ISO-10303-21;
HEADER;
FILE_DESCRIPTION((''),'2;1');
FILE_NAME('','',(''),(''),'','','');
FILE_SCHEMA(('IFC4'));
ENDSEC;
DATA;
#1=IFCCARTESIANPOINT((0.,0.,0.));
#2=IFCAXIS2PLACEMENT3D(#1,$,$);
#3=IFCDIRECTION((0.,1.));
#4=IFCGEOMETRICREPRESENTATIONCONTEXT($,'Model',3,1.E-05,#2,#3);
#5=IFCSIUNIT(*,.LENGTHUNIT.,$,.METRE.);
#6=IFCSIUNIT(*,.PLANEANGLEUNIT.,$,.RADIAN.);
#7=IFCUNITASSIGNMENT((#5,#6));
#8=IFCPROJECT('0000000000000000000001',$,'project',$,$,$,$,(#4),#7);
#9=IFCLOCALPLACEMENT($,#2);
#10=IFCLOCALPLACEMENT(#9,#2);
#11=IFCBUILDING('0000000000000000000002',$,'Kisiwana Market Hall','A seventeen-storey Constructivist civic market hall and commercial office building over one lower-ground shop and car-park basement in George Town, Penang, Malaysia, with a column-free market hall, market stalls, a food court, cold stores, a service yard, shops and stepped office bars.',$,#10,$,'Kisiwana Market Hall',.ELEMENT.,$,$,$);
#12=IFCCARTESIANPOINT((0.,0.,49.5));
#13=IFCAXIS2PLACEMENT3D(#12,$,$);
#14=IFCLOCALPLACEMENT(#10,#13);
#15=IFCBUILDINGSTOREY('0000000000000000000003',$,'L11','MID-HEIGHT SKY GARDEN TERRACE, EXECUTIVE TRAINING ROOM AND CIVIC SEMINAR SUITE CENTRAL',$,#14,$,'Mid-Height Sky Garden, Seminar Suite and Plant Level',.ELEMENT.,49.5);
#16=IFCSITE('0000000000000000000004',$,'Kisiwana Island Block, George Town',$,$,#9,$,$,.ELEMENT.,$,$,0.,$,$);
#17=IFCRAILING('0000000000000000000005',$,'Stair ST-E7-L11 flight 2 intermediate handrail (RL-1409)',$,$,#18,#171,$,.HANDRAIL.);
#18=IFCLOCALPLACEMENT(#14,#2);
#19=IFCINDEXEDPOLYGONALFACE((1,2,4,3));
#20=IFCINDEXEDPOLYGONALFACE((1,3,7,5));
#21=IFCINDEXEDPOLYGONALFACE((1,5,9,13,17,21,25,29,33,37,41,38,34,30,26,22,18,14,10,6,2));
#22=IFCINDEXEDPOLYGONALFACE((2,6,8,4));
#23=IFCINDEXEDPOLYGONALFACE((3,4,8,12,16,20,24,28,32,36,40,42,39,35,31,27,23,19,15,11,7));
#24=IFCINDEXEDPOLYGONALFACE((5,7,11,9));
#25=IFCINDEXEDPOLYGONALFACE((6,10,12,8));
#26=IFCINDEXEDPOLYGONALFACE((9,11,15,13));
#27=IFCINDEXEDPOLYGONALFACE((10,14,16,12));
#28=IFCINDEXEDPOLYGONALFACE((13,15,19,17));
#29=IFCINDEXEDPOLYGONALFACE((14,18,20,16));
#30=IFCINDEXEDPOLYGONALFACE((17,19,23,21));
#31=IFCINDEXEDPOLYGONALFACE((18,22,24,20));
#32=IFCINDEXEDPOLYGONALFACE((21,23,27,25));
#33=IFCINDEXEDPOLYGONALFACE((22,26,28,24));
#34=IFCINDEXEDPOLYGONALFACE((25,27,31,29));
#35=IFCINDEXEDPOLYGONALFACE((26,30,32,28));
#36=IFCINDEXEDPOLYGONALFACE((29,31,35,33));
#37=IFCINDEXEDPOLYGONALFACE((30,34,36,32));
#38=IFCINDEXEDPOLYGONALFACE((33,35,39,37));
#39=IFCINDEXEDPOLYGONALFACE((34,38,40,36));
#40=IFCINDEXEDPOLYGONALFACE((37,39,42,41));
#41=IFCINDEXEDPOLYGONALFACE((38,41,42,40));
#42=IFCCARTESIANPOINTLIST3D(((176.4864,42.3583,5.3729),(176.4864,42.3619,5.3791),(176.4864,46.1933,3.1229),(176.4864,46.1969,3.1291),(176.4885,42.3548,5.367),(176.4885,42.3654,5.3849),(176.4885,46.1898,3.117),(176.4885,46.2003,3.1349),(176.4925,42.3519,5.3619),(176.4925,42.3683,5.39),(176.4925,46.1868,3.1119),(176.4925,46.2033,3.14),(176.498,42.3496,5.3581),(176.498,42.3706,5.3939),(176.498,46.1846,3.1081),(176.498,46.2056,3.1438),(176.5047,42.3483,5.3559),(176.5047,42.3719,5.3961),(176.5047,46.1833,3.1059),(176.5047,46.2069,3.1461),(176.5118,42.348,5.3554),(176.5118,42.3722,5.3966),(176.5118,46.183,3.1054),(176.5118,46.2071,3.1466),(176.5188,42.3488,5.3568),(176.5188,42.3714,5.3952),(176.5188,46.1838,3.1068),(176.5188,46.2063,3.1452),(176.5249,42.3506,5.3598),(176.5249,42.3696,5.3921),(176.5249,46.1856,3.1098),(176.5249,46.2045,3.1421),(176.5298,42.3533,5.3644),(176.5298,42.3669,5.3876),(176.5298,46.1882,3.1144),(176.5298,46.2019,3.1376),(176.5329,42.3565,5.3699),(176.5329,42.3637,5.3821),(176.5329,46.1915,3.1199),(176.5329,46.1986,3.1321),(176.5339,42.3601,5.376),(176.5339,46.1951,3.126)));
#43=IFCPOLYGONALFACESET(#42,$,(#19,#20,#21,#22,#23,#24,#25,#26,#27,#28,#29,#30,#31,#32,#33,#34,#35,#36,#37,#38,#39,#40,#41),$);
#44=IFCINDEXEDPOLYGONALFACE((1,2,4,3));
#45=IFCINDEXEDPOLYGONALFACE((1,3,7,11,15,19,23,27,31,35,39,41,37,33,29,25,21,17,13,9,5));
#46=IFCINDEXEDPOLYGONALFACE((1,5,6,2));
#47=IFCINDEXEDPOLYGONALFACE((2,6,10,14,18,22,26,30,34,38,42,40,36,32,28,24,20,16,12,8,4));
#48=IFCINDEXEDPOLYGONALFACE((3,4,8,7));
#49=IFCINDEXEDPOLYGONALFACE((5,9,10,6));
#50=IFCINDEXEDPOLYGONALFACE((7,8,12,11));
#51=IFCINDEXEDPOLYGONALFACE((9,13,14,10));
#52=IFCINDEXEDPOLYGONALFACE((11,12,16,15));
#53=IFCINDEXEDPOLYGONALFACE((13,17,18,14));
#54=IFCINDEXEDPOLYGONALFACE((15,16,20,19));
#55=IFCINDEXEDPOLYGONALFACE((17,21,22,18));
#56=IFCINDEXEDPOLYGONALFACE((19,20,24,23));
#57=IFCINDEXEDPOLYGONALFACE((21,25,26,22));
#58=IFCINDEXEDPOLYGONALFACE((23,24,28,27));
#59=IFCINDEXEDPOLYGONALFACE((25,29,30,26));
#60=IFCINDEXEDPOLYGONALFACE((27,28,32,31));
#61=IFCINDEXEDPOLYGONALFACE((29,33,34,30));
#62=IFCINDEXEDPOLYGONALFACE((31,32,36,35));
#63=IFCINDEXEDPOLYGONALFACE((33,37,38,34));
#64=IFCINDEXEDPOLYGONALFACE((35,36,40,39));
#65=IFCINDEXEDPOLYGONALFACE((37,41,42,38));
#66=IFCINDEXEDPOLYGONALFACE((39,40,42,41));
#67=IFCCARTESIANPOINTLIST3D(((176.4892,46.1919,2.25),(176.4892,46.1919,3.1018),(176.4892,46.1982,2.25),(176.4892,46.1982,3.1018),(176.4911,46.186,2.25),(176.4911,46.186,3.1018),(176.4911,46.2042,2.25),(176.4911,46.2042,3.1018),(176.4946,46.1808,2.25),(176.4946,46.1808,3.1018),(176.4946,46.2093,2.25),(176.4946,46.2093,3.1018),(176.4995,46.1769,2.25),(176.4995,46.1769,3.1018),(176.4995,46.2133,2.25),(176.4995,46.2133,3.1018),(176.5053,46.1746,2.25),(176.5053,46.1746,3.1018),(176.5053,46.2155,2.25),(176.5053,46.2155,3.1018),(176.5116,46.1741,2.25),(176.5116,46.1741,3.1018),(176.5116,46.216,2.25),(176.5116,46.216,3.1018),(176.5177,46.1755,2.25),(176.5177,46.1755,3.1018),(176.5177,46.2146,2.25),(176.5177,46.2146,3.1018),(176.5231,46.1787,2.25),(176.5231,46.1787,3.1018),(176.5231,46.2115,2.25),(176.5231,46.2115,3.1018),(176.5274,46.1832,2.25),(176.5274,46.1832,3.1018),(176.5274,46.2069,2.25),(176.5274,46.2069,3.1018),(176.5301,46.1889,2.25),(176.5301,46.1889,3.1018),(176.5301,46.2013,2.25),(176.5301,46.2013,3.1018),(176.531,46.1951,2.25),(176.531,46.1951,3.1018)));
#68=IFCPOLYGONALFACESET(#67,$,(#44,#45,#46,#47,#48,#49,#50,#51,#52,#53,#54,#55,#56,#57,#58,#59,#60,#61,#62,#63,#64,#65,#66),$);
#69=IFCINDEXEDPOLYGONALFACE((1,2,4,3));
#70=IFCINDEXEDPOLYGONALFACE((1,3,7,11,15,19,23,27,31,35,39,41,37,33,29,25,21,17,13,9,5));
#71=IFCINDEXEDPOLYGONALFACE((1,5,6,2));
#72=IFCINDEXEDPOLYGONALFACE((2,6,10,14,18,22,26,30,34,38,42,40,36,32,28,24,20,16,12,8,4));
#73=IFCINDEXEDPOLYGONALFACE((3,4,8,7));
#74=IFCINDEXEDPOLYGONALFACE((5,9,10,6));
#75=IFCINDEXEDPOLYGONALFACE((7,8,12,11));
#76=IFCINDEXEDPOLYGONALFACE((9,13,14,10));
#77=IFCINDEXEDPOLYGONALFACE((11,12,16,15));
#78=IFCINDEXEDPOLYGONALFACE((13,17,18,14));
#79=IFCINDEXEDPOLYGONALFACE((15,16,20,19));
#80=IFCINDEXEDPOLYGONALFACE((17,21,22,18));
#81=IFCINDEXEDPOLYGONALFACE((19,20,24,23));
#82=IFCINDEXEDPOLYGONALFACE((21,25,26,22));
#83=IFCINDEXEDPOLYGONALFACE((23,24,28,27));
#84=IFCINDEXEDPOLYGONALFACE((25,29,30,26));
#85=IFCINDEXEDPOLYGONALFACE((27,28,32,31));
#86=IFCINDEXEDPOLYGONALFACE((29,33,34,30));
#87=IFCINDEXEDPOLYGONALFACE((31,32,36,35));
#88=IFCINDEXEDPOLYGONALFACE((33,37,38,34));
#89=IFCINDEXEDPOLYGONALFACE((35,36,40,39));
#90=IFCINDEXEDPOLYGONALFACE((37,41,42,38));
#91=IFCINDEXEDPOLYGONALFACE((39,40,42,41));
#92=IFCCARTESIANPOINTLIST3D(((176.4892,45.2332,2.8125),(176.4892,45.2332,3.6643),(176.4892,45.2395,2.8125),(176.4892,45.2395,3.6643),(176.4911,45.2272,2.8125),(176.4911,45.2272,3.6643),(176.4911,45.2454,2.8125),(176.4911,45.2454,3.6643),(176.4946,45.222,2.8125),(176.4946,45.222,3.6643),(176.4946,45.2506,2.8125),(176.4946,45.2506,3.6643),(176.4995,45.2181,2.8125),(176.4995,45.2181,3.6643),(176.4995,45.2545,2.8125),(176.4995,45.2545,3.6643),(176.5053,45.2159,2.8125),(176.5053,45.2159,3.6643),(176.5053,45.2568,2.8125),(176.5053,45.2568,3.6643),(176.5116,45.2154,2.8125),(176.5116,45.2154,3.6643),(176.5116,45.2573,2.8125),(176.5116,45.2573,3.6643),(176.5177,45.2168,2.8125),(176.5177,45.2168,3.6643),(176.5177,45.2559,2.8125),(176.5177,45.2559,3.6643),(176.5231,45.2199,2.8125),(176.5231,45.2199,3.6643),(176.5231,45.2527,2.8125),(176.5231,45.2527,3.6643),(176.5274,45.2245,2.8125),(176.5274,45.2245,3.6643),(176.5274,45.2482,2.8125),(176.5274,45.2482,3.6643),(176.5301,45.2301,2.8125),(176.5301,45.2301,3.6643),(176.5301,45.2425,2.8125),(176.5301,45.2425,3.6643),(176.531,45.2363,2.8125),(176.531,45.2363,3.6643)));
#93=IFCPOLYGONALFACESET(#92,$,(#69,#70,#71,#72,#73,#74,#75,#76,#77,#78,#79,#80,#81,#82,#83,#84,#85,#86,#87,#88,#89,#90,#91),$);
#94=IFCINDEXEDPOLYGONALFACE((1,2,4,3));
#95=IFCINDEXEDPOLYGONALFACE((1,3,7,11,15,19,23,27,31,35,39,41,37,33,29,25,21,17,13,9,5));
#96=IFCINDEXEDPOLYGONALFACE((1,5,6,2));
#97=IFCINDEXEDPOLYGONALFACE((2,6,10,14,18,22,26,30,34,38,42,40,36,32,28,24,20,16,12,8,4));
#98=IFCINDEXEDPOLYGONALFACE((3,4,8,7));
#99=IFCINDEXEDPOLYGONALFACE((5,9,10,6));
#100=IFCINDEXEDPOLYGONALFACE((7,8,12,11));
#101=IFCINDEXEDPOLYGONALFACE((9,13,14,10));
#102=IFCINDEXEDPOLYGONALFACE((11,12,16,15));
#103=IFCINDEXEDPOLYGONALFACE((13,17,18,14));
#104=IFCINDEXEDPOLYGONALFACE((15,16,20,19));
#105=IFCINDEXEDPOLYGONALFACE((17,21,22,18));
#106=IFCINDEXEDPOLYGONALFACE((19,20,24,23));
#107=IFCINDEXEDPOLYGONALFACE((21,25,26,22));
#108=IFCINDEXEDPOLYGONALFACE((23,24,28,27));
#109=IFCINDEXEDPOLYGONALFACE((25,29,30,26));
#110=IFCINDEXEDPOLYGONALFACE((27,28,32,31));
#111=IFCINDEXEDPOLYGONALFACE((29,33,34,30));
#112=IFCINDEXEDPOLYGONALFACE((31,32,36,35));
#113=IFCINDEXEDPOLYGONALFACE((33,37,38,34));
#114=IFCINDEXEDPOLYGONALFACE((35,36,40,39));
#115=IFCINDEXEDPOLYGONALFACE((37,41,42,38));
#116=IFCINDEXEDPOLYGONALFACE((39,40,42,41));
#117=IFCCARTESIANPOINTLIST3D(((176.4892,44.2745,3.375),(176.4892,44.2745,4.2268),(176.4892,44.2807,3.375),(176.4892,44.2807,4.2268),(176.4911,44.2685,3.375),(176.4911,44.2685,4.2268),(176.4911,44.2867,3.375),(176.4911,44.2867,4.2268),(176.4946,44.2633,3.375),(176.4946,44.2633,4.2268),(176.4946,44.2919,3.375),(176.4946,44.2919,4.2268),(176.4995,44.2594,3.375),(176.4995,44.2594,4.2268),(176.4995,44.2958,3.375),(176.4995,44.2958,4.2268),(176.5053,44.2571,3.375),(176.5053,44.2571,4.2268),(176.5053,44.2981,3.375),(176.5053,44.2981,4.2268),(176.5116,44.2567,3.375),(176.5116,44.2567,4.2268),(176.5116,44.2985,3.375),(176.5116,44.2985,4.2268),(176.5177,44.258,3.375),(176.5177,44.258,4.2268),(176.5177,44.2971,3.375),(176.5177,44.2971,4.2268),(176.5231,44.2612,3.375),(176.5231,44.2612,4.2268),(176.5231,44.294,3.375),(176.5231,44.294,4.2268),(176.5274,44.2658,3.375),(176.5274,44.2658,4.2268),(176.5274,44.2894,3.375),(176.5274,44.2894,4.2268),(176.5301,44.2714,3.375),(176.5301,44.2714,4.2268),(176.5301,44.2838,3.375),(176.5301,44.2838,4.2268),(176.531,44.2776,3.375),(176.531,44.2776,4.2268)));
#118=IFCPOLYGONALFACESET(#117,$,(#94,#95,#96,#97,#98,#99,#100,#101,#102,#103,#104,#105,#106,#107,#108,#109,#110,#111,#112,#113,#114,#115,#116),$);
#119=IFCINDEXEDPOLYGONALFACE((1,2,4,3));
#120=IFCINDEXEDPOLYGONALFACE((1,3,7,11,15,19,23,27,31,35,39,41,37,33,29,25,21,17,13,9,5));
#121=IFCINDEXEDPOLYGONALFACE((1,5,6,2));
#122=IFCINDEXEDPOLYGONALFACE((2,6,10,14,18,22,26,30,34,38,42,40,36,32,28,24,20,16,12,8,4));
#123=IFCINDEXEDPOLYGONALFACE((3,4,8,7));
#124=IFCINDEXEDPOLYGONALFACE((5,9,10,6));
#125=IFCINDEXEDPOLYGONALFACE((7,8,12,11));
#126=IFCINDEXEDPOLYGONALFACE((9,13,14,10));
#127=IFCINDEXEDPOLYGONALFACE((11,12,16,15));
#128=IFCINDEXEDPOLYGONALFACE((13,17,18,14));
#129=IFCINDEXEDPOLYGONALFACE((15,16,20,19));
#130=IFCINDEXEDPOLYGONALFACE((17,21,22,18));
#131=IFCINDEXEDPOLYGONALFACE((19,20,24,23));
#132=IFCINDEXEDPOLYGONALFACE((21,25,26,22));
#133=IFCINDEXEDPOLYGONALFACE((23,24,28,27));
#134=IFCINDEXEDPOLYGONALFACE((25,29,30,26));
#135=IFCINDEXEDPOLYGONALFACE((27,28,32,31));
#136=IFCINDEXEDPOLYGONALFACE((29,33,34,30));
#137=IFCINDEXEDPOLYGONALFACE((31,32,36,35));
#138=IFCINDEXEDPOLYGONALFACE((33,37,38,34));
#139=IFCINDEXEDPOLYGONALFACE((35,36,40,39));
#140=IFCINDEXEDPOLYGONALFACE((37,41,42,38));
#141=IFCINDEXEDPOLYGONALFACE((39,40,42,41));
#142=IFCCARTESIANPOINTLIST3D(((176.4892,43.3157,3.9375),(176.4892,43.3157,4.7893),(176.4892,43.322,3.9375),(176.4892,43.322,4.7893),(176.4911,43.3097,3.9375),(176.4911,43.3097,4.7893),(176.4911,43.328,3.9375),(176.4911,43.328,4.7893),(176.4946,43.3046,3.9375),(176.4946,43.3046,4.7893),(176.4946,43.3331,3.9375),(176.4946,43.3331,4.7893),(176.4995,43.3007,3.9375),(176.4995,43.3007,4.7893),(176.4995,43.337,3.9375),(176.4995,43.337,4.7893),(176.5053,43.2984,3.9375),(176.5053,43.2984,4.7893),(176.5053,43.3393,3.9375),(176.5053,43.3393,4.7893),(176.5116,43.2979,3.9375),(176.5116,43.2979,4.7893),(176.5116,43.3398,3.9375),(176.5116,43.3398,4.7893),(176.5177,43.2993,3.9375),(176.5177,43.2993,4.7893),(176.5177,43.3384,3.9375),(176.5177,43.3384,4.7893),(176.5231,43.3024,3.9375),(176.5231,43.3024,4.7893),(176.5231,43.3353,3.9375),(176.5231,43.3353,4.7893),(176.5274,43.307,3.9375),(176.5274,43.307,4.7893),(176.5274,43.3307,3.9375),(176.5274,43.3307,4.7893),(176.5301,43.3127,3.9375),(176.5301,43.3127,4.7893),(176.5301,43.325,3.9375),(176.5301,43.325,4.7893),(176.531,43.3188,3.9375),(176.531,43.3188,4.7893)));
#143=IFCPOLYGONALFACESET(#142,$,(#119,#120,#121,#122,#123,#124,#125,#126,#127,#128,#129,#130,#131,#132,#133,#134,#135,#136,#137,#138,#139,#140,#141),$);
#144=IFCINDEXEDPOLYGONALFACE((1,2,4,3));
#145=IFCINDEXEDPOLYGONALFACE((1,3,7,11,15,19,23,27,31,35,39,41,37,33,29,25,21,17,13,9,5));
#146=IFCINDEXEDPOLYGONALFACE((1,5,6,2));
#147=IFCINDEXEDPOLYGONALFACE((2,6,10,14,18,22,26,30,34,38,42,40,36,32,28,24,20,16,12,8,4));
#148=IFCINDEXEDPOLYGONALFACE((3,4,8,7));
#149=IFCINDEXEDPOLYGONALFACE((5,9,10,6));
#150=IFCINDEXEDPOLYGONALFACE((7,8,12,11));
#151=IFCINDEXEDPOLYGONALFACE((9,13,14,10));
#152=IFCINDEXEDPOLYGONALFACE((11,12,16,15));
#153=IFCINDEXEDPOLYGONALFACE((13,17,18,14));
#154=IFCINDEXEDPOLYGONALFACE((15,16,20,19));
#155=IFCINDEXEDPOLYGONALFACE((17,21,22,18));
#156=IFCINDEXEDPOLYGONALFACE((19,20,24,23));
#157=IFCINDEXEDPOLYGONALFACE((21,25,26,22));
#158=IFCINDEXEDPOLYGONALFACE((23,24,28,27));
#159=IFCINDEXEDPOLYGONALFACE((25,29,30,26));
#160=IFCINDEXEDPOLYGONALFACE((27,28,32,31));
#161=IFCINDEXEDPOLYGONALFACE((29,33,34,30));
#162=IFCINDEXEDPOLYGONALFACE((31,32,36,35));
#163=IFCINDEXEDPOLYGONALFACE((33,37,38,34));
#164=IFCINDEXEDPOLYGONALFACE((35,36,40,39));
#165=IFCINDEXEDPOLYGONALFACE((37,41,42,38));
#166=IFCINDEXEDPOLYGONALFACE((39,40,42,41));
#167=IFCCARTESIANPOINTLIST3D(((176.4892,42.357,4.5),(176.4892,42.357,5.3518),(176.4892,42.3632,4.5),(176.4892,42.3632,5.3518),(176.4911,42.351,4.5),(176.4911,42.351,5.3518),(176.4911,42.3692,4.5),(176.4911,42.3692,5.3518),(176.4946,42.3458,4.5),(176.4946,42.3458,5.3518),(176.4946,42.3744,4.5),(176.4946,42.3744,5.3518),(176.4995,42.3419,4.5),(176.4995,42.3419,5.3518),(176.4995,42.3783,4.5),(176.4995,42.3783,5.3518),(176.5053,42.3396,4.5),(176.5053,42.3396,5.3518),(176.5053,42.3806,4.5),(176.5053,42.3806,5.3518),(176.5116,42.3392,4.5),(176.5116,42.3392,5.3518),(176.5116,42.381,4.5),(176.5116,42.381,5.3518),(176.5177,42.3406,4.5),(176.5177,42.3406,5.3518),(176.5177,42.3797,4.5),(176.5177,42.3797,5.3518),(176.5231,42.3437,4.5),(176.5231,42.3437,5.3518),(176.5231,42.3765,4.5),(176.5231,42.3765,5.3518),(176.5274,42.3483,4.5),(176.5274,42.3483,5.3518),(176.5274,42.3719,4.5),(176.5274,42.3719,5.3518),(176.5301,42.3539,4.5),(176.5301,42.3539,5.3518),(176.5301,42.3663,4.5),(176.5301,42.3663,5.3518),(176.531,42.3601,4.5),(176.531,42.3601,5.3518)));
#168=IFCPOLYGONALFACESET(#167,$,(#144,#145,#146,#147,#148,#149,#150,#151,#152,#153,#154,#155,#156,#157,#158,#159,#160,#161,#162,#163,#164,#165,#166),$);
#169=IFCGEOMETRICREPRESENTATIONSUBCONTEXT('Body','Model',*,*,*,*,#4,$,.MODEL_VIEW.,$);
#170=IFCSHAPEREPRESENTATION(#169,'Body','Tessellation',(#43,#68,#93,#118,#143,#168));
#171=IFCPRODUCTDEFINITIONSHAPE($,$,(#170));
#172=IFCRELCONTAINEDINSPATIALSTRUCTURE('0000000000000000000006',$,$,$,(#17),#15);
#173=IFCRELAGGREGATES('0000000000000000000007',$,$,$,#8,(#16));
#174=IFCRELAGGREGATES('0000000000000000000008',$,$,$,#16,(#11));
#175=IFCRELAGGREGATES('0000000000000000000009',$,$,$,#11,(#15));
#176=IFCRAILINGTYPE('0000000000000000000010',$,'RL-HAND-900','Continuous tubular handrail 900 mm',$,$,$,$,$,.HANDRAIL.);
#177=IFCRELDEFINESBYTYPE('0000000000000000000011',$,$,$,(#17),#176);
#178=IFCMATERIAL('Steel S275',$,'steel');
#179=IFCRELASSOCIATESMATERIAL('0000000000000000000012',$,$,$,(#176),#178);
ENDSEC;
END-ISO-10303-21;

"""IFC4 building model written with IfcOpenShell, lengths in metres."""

from ifc_helpers import new_model, si_unit, direction, frame, origin, origin_2d, place, context, subcontext, project, spatial, circle, extrude, material, type_object, element, save


model = new_model("IFC4")

# Units and contexts
model_context = context("Model", 3, precision=1e-05, world=origin(), true_north=direction((0.0, 1.0)))
body_context = subcontext(model_context, "Body", "Model", "MODEL_VIEW")
ifc_project = project(units=[si_unit("LENGTHUNIT", "METRE"), si_unit("PLANEANGLEUNIT", "RADIAN")], contexts=[model_context])

# Site, building, storey
site_placement = place(None, origin())
site = spatial("IfcSite", under=ifc_project, at=site_placement, Name="Kisiwana Island Block, George Town", CompositionType="ELEMENT", RefElevation=0.0)
building_placement = place(site_placement, origin())
building = spatial("IfcBuilding", under=site, at=building_placement, Name="Kisiwana Market Hall", Description="A seventeen-storey Constructivist civic market hall and commercial office building over one lower-ground shop and car-park basement in George Town, Penang, Malaysia, with a column-free market hall, market stalls, a food court, cold stores, a service yard, shops and stepped office bars.", LongName="Kisiwana Market Hall", CompositionType="ELEMENT")
storey_placement = place(building_placement, frame((0.0, 0.0, 49.5)))
storey = spatial("IfcBuildingStorey", under=building, at=storey_placement, Name="L11", Description="MID-HEIGHT SKY GARDEN TERRACE, EXECUTIVE TRAINING ROOM AND CIVIC SEMINAR SUITE CENTRAL", LongName="Mid-Height Sky Garden, Seminar Suite and Plant Level", CompositionType="ELEMENT", Elevation=49.5)

# Railing
ifc_material_1 = material(Name="Steel S275", Category="steel")
railing_type_1 = type_object("IfcRailingType", Name="RL-HAND-900", Description="Continuous tubular handrail 900 mm", PredefinedType="HANDRAIL", material=ifc_material_1)
railing_1_placement = place(storey_placement, frame((176.51, 46.1951, 2.25)))
element("IfcRailing", 1, at=railing_1_placement, inside=storey, type_object=railing_type_1, Name="Stair ST-E7-L11 flight 2 intermediate handrail (RL-1409)", PredefinedType="HANDRAIL", context=body_context, shape_type="SweptSolid", body=[
    extrude(circle(Radius=0.0239, at=origin_2d()), frame((0.0, 0.0, 0.876), z_axis=(0.0, -0.86251, 0.506041), x_axis=(1.0, 0.0, 0.0)), (0.0, 0.0, 1.0), 4.4463),
    extrude(circle(Radius=0.021, at=origin_2d()), origin(), (0.0, 0.0, 1.0), 0.8518),
    extrude(circle(Radius=0.021, at=origin_2d()), frame((0.0, -0.9587, 0.5625)), (0.0, 0.0, 1.0), 0.8518),
    extrude(circle(Radius=0.021, at=origin_2d()), frame((0.0, -1.9175, 1.125)), (0.0, 0.0, 1.0), 0.8518),
    extrude(circle(Radius=0.021, at=origin_2d()), frame((0.0, -2.8762, 1.6875)), (0.0, 0.0, 1.0), 0.8518),
    extrude(circle(Radius=0.021, at=origin_2d()), frame((0.0, -3.835, 2.25)), (0.0, 0.0, 1.0), 0.8518),
])

save(model, "model.ifc")
